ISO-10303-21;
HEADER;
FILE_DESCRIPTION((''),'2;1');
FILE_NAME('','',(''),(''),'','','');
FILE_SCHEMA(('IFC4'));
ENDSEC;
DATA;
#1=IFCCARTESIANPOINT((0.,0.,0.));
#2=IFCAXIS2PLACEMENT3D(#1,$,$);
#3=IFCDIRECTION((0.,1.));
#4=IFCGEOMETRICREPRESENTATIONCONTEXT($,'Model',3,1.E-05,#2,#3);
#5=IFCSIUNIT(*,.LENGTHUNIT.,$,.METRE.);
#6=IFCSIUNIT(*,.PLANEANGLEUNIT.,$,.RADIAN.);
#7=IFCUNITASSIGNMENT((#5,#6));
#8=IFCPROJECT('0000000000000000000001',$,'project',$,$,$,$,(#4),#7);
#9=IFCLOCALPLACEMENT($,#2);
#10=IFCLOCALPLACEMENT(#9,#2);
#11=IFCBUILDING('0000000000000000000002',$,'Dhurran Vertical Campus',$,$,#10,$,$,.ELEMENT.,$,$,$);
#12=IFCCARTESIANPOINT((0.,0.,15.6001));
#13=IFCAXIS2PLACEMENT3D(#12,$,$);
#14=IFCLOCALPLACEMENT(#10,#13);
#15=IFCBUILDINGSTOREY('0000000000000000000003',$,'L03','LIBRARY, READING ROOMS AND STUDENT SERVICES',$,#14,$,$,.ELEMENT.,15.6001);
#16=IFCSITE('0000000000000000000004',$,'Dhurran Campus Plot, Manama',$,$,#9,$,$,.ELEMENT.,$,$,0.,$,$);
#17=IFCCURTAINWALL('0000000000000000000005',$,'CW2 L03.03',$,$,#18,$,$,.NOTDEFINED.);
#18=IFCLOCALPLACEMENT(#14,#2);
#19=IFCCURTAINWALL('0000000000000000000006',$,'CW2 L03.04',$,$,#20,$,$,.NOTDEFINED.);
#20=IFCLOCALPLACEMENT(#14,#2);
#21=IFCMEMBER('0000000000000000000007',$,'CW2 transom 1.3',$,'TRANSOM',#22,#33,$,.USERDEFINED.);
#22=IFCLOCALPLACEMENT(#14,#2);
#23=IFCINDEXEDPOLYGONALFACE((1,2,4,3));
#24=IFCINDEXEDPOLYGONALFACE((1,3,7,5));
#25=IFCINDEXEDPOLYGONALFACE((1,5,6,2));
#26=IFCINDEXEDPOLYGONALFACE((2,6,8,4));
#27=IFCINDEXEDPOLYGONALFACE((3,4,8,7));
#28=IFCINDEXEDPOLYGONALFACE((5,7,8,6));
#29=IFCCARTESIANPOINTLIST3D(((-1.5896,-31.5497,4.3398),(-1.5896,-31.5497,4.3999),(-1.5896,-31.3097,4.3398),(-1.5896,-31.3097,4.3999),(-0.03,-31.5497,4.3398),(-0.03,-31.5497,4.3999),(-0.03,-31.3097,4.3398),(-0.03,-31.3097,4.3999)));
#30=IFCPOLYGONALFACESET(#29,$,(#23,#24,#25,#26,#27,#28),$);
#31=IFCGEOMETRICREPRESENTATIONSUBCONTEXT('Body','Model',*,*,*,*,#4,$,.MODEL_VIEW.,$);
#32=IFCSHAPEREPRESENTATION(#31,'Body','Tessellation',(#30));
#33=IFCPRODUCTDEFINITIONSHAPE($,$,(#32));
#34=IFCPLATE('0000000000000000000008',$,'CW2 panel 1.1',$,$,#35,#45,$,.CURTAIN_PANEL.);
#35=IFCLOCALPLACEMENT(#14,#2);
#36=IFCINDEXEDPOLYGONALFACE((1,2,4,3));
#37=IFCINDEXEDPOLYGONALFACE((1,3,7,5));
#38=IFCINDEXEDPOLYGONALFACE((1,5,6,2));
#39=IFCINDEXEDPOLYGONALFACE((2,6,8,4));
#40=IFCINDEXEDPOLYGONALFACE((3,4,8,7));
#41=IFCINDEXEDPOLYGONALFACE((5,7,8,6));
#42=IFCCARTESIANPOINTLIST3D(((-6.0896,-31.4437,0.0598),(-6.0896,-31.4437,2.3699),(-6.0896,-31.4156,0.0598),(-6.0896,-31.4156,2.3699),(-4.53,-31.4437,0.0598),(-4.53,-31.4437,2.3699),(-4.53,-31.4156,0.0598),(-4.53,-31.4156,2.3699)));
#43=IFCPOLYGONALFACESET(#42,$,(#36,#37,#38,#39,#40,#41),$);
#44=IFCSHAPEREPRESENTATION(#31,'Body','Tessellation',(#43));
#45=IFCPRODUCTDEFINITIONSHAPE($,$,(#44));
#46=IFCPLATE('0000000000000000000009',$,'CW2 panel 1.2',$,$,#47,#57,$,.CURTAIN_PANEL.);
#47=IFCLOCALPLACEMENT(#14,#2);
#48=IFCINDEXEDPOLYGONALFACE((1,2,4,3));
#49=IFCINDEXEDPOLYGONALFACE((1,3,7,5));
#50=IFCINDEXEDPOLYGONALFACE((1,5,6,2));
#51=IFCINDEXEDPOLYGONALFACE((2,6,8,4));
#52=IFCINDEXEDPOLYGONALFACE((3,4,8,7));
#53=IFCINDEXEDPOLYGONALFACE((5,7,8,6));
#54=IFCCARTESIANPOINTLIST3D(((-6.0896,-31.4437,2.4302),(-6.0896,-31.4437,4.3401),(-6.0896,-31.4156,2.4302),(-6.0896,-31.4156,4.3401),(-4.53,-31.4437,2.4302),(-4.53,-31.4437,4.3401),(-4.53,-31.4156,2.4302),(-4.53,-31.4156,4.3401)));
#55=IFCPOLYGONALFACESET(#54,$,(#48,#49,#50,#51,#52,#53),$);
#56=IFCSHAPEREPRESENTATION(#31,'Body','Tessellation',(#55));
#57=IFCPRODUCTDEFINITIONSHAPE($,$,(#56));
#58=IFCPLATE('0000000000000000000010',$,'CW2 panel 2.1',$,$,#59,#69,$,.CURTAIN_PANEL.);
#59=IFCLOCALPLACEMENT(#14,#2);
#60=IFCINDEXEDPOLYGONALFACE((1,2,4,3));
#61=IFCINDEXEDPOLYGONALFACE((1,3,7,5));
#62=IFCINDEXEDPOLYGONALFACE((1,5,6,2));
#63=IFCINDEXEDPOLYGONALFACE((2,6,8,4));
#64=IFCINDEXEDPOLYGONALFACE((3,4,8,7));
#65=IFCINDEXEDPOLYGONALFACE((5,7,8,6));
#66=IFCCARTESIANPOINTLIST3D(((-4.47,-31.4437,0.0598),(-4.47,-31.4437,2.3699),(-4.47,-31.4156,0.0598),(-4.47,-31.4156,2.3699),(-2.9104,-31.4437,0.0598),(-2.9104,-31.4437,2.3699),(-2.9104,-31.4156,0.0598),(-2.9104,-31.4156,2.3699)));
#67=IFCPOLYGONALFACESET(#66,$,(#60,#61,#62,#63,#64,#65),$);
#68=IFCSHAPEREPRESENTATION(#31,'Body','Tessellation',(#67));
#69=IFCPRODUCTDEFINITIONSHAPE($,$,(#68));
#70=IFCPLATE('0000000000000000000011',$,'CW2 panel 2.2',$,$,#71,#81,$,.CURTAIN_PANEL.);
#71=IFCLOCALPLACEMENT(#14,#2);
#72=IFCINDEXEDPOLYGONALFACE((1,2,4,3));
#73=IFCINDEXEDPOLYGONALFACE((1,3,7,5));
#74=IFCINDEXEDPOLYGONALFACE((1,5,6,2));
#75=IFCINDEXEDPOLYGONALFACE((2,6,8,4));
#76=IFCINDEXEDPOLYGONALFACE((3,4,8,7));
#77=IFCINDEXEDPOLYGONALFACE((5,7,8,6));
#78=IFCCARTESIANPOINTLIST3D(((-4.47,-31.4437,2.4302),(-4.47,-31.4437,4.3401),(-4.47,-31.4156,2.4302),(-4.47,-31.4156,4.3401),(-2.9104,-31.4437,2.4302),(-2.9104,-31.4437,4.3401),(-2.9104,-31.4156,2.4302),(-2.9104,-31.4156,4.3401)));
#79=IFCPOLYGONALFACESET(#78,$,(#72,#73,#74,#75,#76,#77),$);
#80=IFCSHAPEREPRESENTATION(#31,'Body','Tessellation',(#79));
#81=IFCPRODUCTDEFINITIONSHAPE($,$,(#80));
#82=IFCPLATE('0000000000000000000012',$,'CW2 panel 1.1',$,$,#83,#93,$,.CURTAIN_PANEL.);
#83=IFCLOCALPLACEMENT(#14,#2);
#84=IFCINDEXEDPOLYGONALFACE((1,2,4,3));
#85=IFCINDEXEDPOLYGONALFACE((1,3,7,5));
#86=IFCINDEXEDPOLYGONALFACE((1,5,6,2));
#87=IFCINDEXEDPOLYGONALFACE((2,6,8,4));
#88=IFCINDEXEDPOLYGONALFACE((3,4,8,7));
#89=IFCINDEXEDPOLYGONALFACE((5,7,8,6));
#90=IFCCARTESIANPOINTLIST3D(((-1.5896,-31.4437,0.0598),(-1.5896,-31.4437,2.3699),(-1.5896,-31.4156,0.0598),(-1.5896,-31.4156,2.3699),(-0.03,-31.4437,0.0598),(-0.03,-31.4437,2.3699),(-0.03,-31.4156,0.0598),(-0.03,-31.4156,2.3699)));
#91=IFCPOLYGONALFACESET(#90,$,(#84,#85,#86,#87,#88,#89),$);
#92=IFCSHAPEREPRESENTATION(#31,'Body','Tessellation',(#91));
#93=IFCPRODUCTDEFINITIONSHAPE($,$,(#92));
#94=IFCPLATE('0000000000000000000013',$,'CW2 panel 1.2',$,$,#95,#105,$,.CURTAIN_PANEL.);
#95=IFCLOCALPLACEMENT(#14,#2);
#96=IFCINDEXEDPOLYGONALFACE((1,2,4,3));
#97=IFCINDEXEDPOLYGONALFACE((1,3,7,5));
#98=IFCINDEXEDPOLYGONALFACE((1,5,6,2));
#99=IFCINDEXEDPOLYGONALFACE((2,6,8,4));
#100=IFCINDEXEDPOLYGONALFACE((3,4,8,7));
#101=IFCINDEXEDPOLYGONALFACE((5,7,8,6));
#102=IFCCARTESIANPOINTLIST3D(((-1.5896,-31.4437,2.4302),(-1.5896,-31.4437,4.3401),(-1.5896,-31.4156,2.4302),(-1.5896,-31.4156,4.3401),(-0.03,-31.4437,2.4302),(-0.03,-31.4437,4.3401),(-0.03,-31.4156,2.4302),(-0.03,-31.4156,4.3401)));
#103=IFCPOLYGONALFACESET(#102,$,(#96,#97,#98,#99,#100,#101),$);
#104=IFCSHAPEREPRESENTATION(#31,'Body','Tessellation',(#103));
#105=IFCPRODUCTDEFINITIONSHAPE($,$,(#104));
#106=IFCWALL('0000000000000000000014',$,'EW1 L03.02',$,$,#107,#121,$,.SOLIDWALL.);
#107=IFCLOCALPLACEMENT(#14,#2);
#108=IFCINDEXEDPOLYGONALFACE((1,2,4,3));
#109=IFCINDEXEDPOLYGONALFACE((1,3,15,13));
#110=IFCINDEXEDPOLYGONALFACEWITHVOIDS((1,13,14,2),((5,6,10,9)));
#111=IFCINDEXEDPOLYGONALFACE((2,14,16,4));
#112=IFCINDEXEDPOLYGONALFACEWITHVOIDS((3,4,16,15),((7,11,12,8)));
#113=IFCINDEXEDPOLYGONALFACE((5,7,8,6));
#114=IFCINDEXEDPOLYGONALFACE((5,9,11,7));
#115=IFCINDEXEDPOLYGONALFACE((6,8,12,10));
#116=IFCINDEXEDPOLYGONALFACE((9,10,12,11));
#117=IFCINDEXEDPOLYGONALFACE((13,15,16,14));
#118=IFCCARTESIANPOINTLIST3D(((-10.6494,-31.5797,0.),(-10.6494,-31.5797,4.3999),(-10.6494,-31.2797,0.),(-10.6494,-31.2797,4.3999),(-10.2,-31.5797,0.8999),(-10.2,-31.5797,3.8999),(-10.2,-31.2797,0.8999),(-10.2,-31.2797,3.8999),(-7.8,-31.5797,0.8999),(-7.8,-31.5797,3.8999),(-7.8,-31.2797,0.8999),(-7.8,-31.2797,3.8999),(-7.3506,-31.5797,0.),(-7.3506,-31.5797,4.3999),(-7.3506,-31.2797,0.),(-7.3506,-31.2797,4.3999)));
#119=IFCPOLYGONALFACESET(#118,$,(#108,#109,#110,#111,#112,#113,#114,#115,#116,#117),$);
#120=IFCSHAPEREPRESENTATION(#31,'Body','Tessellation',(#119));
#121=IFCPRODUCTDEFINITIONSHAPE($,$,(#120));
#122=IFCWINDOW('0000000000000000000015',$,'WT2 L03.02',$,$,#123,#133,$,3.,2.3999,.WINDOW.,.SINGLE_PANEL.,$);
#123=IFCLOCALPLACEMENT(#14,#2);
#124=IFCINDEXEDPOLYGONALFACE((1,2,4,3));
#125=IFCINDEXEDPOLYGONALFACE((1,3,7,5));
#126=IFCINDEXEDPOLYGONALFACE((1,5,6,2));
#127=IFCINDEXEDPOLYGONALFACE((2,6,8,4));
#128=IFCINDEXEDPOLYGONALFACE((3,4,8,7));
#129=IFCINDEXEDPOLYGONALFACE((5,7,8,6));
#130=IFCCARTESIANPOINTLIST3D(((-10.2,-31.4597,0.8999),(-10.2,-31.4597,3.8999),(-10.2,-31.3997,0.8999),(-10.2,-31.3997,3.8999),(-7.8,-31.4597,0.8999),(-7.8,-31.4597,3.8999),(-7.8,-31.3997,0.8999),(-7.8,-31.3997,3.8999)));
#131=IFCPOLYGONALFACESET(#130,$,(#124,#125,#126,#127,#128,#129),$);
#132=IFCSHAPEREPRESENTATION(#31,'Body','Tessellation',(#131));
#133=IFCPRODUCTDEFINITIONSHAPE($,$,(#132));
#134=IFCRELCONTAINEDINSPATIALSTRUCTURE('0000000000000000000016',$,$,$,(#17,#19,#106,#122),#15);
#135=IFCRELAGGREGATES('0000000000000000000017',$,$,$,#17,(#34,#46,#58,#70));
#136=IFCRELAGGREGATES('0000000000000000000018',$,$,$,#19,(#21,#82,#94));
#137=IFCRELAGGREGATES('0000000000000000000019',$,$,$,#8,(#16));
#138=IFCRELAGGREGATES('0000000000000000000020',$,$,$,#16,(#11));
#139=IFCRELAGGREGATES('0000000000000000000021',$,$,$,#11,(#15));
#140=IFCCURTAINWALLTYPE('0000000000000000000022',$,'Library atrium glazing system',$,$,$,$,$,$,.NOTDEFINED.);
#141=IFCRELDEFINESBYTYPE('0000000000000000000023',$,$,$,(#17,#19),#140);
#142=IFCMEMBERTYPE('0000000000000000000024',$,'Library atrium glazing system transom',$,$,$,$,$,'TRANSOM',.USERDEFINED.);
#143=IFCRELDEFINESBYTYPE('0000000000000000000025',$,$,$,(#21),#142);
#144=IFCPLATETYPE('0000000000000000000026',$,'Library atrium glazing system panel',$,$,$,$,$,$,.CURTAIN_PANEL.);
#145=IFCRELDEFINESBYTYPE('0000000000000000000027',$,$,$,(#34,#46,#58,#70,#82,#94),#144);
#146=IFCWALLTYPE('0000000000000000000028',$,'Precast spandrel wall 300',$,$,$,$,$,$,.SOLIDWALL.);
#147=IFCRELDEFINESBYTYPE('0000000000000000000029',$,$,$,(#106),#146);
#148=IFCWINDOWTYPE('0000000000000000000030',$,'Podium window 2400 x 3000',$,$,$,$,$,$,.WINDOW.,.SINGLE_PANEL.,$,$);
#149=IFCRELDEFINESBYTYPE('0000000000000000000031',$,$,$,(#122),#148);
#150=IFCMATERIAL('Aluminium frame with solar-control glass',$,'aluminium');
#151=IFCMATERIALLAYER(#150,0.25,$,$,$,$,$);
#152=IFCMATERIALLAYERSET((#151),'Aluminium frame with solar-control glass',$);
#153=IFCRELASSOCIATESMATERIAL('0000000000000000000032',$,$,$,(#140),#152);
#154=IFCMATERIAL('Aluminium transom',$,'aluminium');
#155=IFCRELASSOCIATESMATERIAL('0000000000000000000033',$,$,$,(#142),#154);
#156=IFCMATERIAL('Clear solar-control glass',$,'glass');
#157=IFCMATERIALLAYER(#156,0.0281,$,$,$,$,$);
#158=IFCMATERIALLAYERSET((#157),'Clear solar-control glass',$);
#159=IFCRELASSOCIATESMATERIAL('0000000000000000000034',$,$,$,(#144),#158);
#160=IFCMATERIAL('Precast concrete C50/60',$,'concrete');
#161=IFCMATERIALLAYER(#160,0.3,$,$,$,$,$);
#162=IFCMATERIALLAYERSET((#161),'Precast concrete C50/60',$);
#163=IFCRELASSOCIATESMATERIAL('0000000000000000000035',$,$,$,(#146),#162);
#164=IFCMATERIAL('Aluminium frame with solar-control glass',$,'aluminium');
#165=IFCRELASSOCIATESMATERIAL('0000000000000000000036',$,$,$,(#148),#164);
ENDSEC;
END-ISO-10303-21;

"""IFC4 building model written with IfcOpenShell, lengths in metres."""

from ifc_helpers import new_model, si_unit, direction, frame, frame_2d, origin, origin_2d, place, context, subcontext, project, spatial, rectangle, extrude, material, layer, layer_set, material_profile, profile_set, type_object, element, fill, aggregate, save


model = new_model("IFC4")

# Units and contexts
model_context = context("Model", 3, precision=1e-05, world=origin(), true_north=direction((0.0, 1.0)))
body_context = subcontext(model_context, "Body", "Model", "MODEL_VIEW")
ifc_project = project(units=[si_unit("LENGTHUNIT", "METRE"), si_unit("PLANEANGLEUNIT", "RADIAN")], contexts=[model_context])

# Site, building, storey
site_placement = place(None, origin())
site = spatial("IfcSite", under=ifc_project, at=site_placement, Name="Dhurran Campus Plot, Manama", CompositionType="ELEMENT", RefElevation=0.0)
building_placement = place(site_placement, origin())
building = spatial("IfcBuilding", under=site, at=building_placement, Name="Dhurran Vertical Campus", CompositionType="ELEMENT")
storey_placement = place(building_placement, frame((0.0, 0.0, 15.6001)))
storey = spatial("IfcBuildingStorey", under=building, at=storey_placement, Name="L03", Description="LIBRARY, READING ROOMS AND STUDENT SERVICES", CompositionType="ELEMENT", Elevation=15.6001)

# Curtain walls
ifc_material_1 = material(Name="Aluminium frame with solar-control glass", Category="aluminium")
ifc_layer_1 = layer(ifc_material_1, 0.25)
ifc_layer_set_1 = layer_set([ifc_layer_1], Name="Aluminium frame with solar-control glass")
curtain_wall_type = type_object("IfcCurtainWallType", Name="Library atrium glazing system", PredefinedType="NOTDEFINED", material=ifc_layer_set_1)
curtain_wall_1_placement = place(storey_placement, origin())
curtain_wall_1 = element("IfcCurtainWall", 1, at=curtain_wall_1_placement, inside=storey, type_object=curtain_wall_type, Name="CW2 L03.03", PredefinedType="NOTDEFINED")
curtain_wall_2_placement = place(storey_placement, origin())
curtain_wall_2 = element("IfcCurtainWall", 2, at=curtain_wall_2_placement, inside=storey, type_object=curtain_wall_type, Name="CW2 L03.04", PredefinedType="NOTDEFINED")

# Member
ifc_material_2 = material(Name="Aluminium transom", Category="aluminium")
ifc_material_profile_1 = material_profile(ifc_material_2, rectangle(XDim=0.24, YDim=0.0601, at=origin_2d()), Name="Library atrium glazing system transom")
ifc_profile_set_1 = profile_set([ifc_material_profile_1], Name="Aluminium transom")
member_type_1 = type_object("IfcMemberType", Name="Library atrium glazing system transom", ElementType="TRANSOM", PredefinedType="USERDEFINED", material=ifc_profile_set_1)
member_1_placement = place(storey_placement, frame((-1.5896, -31.4297, 4.3699), z_axis=(1.0, 0.0, 0.0), x_axis=(0.0, 1.0, 0.0)))
member_1 = element("IfcMember", 3, at=member_1_placement, type_object=member_type_1, Name="CW2 transom 1.3", ObjectType="TRANSOM", PredefinedType="USERDEFINED", context=body_context, shape_type="SweptSolid", body=[
    extrude(rectangle(XDim=0.24, YDim=0.0601, at=origin_2d()), origin(), (0.0, 0.0, 1.0), 1.5596),
])

# Plates
ifc_material_3 = material(Name="Clear solar-control glass", Category="glass")
ifc_layer_2 = layer(ifc_material_3, 0.0281)
ifc_layer_set_2 = layer_set([ifc_layer_2], Name="Clear solar-control glass")
plate_type = type_object("IfcPlateType", Name="Library atrium glazing system panel", PredefinedType="CURTAIN_PANEL", material=ifc_layer_set_2)
plate_1_placement = place(storey_placement, frame((-5.3098, -31.4297, 0.0598), z_axis=(0.0, 0.0, 1.0), x_axis=(1.0, 0.0, 0.0)))
plate_1 = element("IfcPlate", 4, at=plate_1_placement, type_object=plate_type, Name="CW2 panel 1.1", PredefinedType="CURTAIN_PANEL", context=body_context, shape_type="SweptSolid", body=[
    extrude(rectangle(XDim=1.5596, YDim=0.0281, at=origin_2d()), origin(), (0.0, 0.0, 1.0), 2.3101),
])
plate_2_placement = place(storey_placement, frame((-5.3098, -31.4297, 2.4302), z_axis=(0.0, 0.0, 1.0), x_axis=(1.0, 0.0, 0.0)))
plate_2 = element("IfcPlate", 5, at=plate_2_placement, type_object=plate_type, Name="CW2 panel 1.2", PredefinedType="CURTAIN_PANEL", context=body_context, shape_type="SweptSolid", body=[
    extrude(rectangle(XDim=1.5596, YDim=0.0281, at=origin_2d()), origin(), (0.0, 0.0, 1.0), 1.9099),
])
plate_3_placement = place(storey_placement, frame((-3.6902, -31.4297, 0.0598), z_axis=(0.0, 0.0, 1.0), x_axis=(1.0, 0.0, 0.0)))
plate_3 = element("IfcPlate", 6, at=plate_3_placement, type_object=plate_type, Name="CW2 panel 2.1", PredefinedType="CURTAIN_PANEL", context=body_context, shape_type="SweptSolid", body=[
    extrude(rectangle(XDim=1.5596, YDim=0.0281, at=origin_2d()), origin(), (0.0, 0.0, 1.0), 2.3101),
])
plate_4_placement = place(storey_placement, frame((-3.6902, -31.4297, 2.4302), z_axis=(0.0, 0.0, 1.0), x_axis=(1.0, 0.0, 0.0)))
plate_4 = element("IfcPlate", 7, at=plate_4_placement, type_object=plate_type, Name="CW2 panel 2.2", PredefinedType="CURTAIN_PANEL", context=body_context, shape_type="SweptSolid", body=[
    extrude(rectangle(XDim=1.5596, YDim=0.0281, at=origin_2d()), origin(), (0.0, 0.0, 1.0), 1.9099),
])
aggregate(curtain_wall_1, [plate_1, plate_2, plate_3, plate_4])
plate_5_placement = place(storey_placement, frame((-0.8098, -31.4297, 0.0598), z_axis=(0.0, 0.0, 1.0), x_axis=(1.0, 0.0, 0.0)))
plate_5 = element("IfcPlate", 8, at=plate_5_placement, type_object=plate_type, Name="CW2 panel 1.1", PredefinedType="CURTAIN_PANEL", context=body_context, shape_type="SweptSolid", body=[
    extrude(rectangle(XDim=1.5596, YDim=0.0281, at=origin_2d()), origin(), (0.0, 0.0, 1.0), 2.3101),
])
plate_6_placement = place(storey_placement, frame((-0.8098, -31.4297, 2.4302), z_axis=(0.0, 0.0, 1.0), x_axis=(1.0, 0.0, 0.0)))
plate_6 = element("IfcPlate", 9, at=plate_6_placement, type_object=plate_type, Name="CW2 panel 1.2", PredefinedType="CURTAIN_PANEL", context=body_context, shape_type="SweptSolid", body=[
    extrude(rectangle(XDim=1.5596, YDim=0.0281, at=origin_2d()), origin(), (0.0, 0.0, 1.0), 1.9099),
])
aggregate(curtain_wall_2, [member_1, plate_5, plate_6])

# Wall, opening, window
ifc_material_4 = material(Name="Precast concrete C50/60", Category="concrete")
ifc_layer_3 = layer(ifc_material_4, 0.3)
ifc_layer_set_3 = layer_set([ifc_layer_3], Name="Precast concrete C50/60")
wall_type = type_object("IfcWallType", Name="Precast spandrel wall 300", PredefinedType="SOLIDWALL", material=ifc_layer_set_3)
wall_placement = place(storey_placement, frame((-10.6494, -31.4297, 0.0), z_axis=(0.0, 0.0, 1.0), x_axis=(1.0, 0.0, 0.0)))
wall = element("IfcWall", 10, at=wall_placement, inside=storey, type_object=wall_type, Name="EW1 L03.02", PredefinedType="SOLIDWALL", context=body_context, shape_type="SweptSolid", body=[
    extrude(rectangle(XDim=3.2988, YDim=0.3, at=frame_2d((1.6494, 0.0))), origin(), (0.0, 0.0, 1.0), 4.3999),
])
opening_placement = place(wall_placement, frame((0.4495, 0.0, 0.8999)))
opening = element("IfcOpeningElement", 11, at=opening_placement, cuts=wall, PredefinedType="OPENING", context=body_context, shape_type="SweptSolid", body=[
    extrude(rectangle(XDim=2.3999, YDim=3.0, at=frame_2d((1.2, 1.5))), frame((0.0, 0.1599, 0.0), z_axis=(0.0, -1.0, 0.0), x_axis=(1.0, 0.0, 0.0)), (0.0, 0.0, 1.0), 0.3201),
])
ifc_material_5 = material(Name="Aluminium frame with solar-control glass", Category="aluminium")
window_type = type_object("IfcWindowType", Name="Podium window 2400 x 3000", PartitioningType="SINGLE_PANEL", PredefinedType="WINDOW", material=ifc_material_5)
window_placement = place(opening_placement, origin())
window = element("IfcWindow", 12, at=window_placement, inside=storey, type_object=window_type, Name="WT2 L03.02", OverallHeight=3.0, OverallWidth=2.3999, PartitioningType="SINGLE_PANEL", PredefinedType="WINDOW", context=body_context, shape_type="SweptSolid", body=[
    extrude(rectangle(XDim=2.3999, YDim=3.0, at=frame_2d((1.2, 1.5))), frame((0.0, 0.03, 0.0), z_axis=(0.0, -1.0, 0.0), x_axis=(1.0, 0.0, 0.0)), (0.0, 0.0, 1.0), 0.0601),
])
fill(opening, window)

save(model, "model.ifc")
